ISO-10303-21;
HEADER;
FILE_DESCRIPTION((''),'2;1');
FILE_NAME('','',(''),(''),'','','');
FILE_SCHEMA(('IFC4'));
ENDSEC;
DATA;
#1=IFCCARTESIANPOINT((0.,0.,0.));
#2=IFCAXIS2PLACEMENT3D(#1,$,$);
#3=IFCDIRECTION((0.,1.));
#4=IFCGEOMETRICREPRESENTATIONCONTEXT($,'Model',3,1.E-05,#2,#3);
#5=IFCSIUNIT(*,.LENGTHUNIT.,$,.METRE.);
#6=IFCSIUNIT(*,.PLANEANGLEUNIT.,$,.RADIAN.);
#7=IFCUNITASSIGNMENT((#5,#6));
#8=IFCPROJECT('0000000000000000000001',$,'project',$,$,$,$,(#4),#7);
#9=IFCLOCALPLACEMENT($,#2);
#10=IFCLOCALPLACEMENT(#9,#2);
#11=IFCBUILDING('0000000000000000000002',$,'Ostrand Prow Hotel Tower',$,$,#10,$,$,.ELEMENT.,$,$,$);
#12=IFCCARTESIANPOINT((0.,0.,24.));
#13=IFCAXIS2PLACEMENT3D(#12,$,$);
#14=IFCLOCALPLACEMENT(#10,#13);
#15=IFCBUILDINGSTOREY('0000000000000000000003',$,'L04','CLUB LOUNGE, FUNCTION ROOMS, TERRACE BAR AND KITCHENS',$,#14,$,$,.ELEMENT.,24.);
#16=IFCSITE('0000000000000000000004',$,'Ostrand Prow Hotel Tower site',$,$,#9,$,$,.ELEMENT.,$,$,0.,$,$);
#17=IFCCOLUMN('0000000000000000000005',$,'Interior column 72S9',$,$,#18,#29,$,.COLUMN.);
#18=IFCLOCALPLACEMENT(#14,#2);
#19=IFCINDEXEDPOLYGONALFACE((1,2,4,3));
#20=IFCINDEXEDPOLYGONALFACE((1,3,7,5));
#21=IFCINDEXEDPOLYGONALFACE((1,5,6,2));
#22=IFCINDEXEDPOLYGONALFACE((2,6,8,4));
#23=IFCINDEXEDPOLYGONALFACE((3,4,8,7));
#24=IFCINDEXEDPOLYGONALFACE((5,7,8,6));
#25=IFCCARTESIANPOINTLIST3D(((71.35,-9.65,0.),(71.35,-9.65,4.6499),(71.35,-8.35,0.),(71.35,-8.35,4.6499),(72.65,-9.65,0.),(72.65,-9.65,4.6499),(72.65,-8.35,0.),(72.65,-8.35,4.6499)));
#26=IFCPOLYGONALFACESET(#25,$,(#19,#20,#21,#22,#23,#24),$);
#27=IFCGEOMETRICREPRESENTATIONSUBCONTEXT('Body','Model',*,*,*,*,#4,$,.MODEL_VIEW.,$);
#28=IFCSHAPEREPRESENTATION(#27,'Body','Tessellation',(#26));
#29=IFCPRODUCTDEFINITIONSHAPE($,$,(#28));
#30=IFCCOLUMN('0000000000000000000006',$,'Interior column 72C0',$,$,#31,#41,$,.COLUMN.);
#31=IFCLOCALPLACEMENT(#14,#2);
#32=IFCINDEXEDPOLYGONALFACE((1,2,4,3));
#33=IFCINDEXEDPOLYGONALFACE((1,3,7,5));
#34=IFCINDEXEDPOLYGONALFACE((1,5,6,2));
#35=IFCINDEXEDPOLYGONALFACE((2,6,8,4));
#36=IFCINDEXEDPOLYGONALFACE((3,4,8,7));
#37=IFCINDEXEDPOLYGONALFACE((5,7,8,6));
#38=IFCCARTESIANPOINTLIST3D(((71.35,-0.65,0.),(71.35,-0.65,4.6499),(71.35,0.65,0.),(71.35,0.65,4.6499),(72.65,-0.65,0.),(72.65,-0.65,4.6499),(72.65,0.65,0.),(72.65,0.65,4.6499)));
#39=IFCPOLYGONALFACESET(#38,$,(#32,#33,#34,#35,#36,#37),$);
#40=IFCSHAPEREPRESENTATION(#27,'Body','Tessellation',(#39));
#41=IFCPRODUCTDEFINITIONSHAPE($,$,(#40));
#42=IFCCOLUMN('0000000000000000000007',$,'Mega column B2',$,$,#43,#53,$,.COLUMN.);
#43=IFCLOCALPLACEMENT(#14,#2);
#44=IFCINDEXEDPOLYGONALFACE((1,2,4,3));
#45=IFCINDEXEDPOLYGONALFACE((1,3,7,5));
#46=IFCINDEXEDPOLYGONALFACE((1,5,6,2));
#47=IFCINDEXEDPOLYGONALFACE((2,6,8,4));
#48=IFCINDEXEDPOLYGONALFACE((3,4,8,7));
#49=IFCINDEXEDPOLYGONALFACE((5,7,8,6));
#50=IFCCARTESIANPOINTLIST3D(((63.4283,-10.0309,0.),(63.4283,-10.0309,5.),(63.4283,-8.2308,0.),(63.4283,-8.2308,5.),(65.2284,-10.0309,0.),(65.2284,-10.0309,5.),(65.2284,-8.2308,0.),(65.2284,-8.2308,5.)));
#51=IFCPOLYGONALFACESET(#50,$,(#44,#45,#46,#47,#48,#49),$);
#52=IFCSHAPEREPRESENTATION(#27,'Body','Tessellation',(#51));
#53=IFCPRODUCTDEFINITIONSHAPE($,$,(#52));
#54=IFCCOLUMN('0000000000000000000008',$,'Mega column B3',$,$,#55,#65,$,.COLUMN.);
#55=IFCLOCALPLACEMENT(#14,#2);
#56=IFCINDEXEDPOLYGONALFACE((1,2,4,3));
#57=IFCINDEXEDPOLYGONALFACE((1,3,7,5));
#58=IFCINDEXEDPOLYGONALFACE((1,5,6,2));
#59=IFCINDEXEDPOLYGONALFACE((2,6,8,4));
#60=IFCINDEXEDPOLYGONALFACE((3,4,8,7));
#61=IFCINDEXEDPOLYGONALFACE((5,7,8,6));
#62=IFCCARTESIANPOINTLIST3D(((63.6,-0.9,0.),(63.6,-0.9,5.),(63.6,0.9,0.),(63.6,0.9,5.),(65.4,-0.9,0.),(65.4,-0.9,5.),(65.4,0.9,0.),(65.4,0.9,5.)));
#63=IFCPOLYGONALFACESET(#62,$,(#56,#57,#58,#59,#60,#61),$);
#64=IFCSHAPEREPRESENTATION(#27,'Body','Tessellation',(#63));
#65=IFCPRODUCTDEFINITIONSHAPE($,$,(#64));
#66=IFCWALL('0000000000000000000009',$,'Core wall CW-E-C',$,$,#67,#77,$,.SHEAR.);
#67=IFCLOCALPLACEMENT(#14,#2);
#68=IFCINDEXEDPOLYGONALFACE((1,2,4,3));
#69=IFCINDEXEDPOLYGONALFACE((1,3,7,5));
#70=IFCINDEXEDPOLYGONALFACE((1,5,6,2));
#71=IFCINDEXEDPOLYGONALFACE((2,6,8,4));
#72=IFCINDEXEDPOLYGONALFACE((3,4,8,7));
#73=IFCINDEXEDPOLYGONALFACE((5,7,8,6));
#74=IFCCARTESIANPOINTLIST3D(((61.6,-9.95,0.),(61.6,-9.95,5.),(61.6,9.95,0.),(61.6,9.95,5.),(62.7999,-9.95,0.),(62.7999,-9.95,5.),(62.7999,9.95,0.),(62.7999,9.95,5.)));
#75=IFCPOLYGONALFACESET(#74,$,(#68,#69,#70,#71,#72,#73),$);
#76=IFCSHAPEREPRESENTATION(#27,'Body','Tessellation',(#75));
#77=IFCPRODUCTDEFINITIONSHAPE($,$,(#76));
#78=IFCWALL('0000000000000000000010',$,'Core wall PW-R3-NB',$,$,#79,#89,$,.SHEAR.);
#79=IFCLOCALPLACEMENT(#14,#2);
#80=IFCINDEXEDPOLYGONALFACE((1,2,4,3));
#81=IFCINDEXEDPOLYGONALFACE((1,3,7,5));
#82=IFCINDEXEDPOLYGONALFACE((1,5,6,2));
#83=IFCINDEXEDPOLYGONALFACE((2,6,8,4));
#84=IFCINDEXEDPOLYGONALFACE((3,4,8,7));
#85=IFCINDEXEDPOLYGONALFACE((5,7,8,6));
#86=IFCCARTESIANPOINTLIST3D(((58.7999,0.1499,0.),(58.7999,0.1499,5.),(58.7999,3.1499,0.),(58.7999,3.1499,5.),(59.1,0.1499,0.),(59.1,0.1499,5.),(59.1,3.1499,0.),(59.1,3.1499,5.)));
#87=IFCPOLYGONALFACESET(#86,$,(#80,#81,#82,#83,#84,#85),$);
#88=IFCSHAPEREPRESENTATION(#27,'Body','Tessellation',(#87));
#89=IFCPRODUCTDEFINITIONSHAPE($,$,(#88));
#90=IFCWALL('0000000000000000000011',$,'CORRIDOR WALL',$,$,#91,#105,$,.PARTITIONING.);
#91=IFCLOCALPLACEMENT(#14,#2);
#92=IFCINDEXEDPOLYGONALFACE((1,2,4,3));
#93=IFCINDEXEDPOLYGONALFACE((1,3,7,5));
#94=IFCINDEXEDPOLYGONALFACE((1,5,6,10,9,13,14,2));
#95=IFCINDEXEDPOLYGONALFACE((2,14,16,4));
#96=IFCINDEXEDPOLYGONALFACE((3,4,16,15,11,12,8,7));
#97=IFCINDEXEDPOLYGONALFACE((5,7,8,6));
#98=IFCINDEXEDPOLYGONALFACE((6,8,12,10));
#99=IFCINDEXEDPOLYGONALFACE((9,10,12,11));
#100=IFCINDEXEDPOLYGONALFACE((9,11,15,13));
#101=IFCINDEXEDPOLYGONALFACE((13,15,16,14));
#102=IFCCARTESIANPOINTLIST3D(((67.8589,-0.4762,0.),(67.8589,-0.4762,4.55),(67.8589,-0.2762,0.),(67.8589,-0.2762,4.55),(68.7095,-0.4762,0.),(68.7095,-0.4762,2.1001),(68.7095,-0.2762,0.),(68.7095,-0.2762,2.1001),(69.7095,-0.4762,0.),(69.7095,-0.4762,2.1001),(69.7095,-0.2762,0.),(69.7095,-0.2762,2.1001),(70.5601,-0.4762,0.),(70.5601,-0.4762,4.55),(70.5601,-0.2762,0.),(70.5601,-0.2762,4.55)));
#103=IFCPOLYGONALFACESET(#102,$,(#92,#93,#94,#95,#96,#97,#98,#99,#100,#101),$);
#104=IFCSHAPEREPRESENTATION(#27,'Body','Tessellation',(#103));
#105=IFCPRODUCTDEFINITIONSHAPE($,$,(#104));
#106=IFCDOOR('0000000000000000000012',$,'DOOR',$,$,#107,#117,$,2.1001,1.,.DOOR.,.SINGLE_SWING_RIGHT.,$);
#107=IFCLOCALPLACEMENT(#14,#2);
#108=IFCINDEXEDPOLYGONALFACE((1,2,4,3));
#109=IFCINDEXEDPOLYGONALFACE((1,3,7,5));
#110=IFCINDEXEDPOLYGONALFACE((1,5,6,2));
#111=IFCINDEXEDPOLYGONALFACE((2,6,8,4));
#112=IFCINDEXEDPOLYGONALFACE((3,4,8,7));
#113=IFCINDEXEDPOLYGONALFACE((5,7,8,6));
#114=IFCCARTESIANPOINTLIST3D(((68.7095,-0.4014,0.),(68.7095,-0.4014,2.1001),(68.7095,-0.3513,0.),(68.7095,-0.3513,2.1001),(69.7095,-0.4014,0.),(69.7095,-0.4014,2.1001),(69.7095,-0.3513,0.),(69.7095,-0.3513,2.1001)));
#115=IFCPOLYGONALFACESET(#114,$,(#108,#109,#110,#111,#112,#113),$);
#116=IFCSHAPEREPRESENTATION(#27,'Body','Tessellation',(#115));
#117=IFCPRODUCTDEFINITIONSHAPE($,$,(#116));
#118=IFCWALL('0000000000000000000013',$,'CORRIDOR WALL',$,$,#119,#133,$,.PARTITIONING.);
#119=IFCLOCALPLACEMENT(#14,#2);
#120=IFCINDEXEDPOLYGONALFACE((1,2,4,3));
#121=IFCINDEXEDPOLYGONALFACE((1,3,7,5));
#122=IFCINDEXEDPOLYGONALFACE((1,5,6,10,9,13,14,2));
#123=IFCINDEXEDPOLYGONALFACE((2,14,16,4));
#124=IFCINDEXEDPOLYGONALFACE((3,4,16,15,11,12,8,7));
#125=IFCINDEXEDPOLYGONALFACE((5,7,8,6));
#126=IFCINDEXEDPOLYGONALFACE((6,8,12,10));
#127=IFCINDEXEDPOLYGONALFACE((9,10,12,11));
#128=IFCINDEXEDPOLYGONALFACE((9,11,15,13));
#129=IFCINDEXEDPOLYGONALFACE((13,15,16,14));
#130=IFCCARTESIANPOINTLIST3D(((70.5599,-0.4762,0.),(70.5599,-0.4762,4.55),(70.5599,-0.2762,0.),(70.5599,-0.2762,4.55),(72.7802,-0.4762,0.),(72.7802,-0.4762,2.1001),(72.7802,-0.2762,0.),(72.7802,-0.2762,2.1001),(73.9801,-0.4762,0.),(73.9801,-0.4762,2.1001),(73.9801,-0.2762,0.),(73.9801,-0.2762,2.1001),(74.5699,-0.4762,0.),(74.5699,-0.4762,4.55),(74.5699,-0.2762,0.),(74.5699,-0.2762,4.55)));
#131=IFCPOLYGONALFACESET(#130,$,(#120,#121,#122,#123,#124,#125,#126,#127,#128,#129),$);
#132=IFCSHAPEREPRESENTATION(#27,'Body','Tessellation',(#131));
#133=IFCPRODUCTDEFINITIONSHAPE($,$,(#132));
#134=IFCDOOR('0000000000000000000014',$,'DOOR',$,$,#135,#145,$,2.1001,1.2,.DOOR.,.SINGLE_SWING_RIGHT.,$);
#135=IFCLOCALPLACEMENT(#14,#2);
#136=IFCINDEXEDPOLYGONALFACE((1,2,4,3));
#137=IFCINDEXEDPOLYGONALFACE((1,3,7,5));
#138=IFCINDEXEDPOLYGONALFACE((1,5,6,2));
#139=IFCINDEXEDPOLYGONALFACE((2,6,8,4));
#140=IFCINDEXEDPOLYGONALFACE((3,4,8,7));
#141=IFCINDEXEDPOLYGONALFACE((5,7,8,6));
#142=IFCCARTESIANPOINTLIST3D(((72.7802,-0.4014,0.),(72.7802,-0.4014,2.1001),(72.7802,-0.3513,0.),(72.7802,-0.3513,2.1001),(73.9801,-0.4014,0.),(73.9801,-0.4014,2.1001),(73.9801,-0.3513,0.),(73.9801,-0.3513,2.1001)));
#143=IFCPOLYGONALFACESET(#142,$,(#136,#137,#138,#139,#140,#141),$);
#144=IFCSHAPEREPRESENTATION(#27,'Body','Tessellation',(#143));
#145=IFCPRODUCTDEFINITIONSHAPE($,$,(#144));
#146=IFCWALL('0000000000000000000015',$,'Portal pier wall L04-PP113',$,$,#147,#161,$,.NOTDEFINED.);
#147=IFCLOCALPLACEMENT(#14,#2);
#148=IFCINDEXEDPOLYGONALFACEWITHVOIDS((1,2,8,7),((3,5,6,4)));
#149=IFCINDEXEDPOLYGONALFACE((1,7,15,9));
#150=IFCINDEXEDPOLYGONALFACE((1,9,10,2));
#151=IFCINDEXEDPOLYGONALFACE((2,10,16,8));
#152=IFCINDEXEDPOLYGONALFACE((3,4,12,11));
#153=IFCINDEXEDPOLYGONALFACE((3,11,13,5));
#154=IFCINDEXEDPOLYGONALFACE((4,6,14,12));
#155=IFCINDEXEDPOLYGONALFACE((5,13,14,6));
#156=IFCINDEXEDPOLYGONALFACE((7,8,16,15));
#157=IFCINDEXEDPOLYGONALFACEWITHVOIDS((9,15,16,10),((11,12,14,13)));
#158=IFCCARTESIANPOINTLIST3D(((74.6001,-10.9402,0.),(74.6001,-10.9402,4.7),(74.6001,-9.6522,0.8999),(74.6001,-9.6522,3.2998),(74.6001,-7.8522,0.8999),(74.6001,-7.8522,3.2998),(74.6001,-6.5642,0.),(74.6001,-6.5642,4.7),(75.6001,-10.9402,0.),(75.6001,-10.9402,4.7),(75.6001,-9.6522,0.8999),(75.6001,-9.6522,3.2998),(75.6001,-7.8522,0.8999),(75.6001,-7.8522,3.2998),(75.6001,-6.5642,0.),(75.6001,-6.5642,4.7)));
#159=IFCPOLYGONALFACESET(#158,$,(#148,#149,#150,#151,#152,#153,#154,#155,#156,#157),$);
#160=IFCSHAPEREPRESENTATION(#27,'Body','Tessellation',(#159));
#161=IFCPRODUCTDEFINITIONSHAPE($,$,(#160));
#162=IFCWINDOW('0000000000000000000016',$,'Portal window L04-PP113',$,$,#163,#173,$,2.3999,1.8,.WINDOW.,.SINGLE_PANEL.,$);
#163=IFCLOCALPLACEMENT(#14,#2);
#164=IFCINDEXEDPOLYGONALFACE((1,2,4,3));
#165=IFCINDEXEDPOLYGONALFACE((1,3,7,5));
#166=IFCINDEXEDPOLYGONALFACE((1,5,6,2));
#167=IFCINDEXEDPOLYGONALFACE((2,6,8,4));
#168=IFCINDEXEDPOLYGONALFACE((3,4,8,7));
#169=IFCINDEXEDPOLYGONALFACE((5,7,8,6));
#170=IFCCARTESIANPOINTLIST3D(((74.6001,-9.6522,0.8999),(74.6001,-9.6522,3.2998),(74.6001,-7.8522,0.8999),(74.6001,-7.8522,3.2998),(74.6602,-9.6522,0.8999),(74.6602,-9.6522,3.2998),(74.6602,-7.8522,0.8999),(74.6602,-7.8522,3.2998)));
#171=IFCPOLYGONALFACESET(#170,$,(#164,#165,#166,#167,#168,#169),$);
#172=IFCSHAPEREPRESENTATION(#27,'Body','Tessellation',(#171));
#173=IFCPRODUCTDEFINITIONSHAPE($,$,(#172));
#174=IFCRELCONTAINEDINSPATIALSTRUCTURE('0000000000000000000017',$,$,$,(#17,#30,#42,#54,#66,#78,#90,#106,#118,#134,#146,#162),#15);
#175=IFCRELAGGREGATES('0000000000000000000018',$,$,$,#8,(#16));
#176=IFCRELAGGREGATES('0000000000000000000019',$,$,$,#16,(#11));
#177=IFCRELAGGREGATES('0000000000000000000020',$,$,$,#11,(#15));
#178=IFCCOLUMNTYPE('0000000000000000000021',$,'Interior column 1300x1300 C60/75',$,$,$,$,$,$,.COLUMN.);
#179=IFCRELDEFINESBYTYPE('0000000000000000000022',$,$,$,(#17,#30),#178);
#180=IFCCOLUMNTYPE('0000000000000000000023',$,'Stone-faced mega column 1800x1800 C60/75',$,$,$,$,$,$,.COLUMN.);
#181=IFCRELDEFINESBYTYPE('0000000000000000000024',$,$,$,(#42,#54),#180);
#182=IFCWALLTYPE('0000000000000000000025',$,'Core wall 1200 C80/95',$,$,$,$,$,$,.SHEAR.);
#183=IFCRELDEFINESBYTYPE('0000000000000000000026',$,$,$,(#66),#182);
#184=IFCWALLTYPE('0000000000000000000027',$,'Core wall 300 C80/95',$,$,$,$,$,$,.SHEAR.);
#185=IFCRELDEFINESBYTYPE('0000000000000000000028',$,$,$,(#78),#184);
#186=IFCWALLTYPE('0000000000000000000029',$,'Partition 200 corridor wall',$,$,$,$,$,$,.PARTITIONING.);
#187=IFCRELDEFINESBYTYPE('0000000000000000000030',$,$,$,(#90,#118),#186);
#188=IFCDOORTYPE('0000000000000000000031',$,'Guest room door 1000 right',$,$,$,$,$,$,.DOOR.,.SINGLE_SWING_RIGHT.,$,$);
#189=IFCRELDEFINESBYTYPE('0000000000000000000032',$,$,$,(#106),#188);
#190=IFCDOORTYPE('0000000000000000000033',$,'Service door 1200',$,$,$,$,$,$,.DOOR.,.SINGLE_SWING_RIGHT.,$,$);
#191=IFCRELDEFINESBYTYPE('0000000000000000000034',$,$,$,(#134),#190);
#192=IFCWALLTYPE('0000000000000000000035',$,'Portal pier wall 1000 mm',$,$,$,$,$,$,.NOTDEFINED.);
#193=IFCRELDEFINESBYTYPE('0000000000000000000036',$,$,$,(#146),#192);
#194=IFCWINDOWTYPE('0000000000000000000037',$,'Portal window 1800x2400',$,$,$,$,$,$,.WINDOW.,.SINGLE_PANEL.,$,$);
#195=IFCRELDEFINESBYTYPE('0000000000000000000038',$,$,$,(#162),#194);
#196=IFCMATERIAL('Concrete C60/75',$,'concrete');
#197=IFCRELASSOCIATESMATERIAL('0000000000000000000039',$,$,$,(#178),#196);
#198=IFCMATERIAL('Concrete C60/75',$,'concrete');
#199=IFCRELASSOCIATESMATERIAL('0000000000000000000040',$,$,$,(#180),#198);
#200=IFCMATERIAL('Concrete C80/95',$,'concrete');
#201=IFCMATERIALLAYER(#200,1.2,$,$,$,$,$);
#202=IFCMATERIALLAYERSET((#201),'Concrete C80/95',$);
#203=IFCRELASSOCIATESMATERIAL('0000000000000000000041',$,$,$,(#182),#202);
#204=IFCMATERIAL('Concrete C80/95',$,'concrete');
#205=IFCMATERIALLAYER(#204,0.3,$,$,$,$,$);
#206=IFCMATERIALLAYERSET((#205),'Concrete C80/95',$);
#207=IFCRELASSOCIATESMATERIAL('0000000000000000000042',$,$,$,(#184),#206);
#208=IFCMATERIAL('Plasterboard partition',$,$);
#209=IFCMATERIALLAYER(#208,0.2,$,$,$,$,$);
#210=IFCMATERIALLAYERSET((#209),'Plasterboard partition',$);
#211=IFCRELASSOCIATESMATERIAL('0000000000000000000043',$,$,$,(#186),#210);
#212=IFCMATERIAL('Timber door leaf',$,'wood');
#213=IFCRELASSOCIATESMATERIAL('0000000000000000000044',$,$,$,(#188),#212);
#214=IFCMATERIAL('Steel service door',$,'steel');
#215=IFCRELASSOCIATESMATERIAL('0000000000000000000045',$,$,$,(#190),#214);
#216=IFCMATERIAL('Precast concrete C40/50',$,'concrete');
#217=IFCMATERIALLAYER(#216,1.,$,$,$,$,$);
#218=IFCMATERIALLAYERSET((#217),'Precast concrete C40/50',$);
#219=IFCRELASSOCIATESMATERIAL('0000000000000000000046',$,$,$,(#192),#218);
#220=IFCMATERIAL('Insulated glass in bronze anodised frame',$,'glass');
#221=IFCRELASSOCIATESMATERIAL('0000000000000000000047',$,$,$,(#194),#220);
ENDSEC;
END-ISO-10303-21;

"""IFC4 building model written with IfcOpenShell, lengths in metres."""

from ifc_helpers import new_model, si_unit, direction, frame, frame_2d, origin, origin_2d, place, context, subcontext, project, spatial, polyline, rectangle, outline, extrude, material, layer, layer_set, material_profile, profile_set, type_object, element, fill, save


model = new_model("IFC4")

# Units and contexts
model_context = context("Model", 3, precision=1e-05, world=origin(), true_north=direction((0.0, 1.0)))
body_context = subcontext(model_context, "Body", "Model", "MODEL_VIEW")
ifc_project = project(units=[si_unit("LENGTHUNIT", "METRE"), si_unit("PLANEANGLEUNIT", "RADIAN")], contexts=[model_context])

# Site, building, storey
site_placement = place(None, origin())
site = spatial("IfcSite", under=ifc_project, at=site_placement, Name="Ostrand Prow Hotel Tower site", CompositionType="ELEMENT", RefElevation=0.0)
building_placement = place(site_placement, origin())
building = spatial("IfcBuilding", under=site, at=building_placement, Name="Ostrand Prow Hotel Tower", CompositionType="ELEMENT")
storey_placement = place(building_placement, frame((0.0, 0.0, 24.0)))
storey = spatial("IfcBuildingStorey", under=building, at=storey_placement, Name="L04", Description="CLUB LOUNGE, FUNCTION ROOMS, TERRACE BAR AND KITCHENS", CompositionType="ELEMENT", Elevation=24.0)

# Columns
ifc_material_1 = material(Name="Concrete C60/75", Category="concrete")
ifc_material_profile_1 = material_profile(ifc_material_1, rectangle(XDim=1.3, YDim=1.3, at=origin_2d()), Name="RC 1300x1300")
ifc_profile_set_1 = profile_set([ifc_material_profile_1], Name="Concrete C60/75")
column_type_1 = type_object("IfcColumnType", Name="Interior column 1300x1300 C60/75", PredefinedType="COLUMN", material=ifc_profile_set_1)
for number, where, z_axis, x_axis, name in (
    (1, (72.0, -9.0, 0.0), (0.0, 0.0, 1.0), (1.0, 0.0, 0.0), "Interior column 72S9"),
    (2, (72.0, 0.0, 0.0), (0.0, 0.0, 1.0), (1.0, 0.0, 0.0), "Interior column 72C0"),
):
    element("IfcColumn", number, at=place(storey_placement, frame(where, z_axis=z_axis, x_axis=x_axis)), inside=storey, type_object=column_type_1, Name=name, PredefinedType="COLUMN", context=body_context, shape_type="SweptSolid", body=[
        extrude(rectangle(XDim=1.3, YDim=1.3, at=origin_2d()), origin(), (0.0, 0.0, 1.0), 4.6499),
    ])
ifc_material_2 = material(Name="Concrete C60/75", Category="concrete")
ifc_material_profile_2 = material_profile(ifc_material_2, rectangle(XDim=1.8, YDim=1.8, at=origin_2d()), Name="RC 1800x1800")
ifc_profile_set_2 = profile_set([ifc_material_profile_2], Name="Concrete C60/75")
column_type_2 = type_object("IfcColumnType", Name="Stone-faced mega column 1800x1800 C60/75", PredefinedType="COLUMN", material=ifc_profile_set_2)
for number, where, z_axis, x_axis, name in (
    (3, (64.3284, -9.1309, 0.0), (0.0, 0.0, 1.0), (1.0, 0.0, 0.0), "Mega column B2"),
    (4, (64.5, 0.0, 0.0), (0.0, 0.0, 1.0), (1.0, 0.0, 0.0), "Mega column B3"),
):
    element("IfcColumn", number, at=place(storey_placement, frame(where, z_axis=z_axis, x_axis=x_axis)), inside=storey, type_object=column_type_2, Name=name, PredefinedType="COLUMN", context=body_context, shape_type="SweptSolid", body=[
        extrude(rectangle(XDim=1.8, YDim=1.8, at=origin_2d()), origin(), (0.0, 0.0, 1.0), 5.0),
    ])

# Walls
ifc_material_3 = material(Name="Concrete C80/95", Category="concrete")
ifc_layer_1 = layer(ifc_material_3, 1.2)
ifc_layer_set_1 = layer_set([ifc_layer_1], Name="Concrete C80/95")
wall_type_1 = type_object("IfcWallType", Name="Core wall 1200 C80/95", PredefinedType="SHEAR", material=ifc_layer_set_1)
wall_1_placement = place(storey_placement, frame((62.2, -9.95, 0.0), z_axis=(0.0, 0.0, 1.0), x_axis=(0.0, 1.0, 0.0)))
element("IfcWall", 5, at=wall_1_placement, inside=storey, type_object=wall_type_1, Name="Core wall CW-E-C", PredefinedType="SHEAR", context=body_context, shape_type="SweptSolid", body=[
    extrude(rectangle(XDim=19.8999, YDim=1.2, at=frame_2d((9.95, 0.0))), origin(), (0.0, 0.0, 1.0), 5.0),
])
ifc_material_4 = material(Name="Concrete C80/95", Category="concrete")
ifc_layer_2 = layer(ifc_material_4, 0.3)
ifc_layer_set_2 = layer_set([ifc_layer_2], Name="Concrete C80/95")
wall_type_2 = type_object("IfcWallType", Name="Core wall 300 C80/95", PredefinedType="SHEAR", material=ifc_layer_set_2)
wall_2_placement = place(storey_placement, frame((58.95, 0.1499, 0.0), z_axis=(0.0, 0.0, 1.0), x_axis=(0.0, 1.0, 0.0)))
element("IfcWall", 6, at=wall_2_placement, inside=storey, type_object=wall_type_2, Name="Core wall PW-R3-NB", PredefinedType="SHEAR", context=body_context, shape_type="SweptSolid", body=[
    extrude(rectangle(XDim=3.0, YDim=0.3, at=frame_2d((1.5, 0.0))), origin(), (0.0, 0.0, 1.0), 5.0),
])

# Walls, openings, doors
ifc_material_5 = material(Name="Plasterboard partition")
ifc_layer_3 = layer(ifc_material_5, 0.2)
ifc_layer_set_3 = layer_set([ifc_layer_3], Name="Plasterboard partition")
wall_type_3 = type_object("IfcWallType", Name="Partition 200 corridor wall", PredefinedType="PARTITIONING", material=ifc_layer_set_3)
wall_3_placement = place(storey_placement, frame((67.8589, -0.3762, 0.0), z_axis=(0.0, 0.0, 1.0), x_axis=(1.0, 0.0, 0.0)))
wall_3 = element("IfcWall", 7, at=wall_3_placement, inside=storey, type_object=wall_type_3, Name="CORRIDOR WALL", PredefinedType="PARTITIONING", context=body_context, shape_type="SweptSolid", body=[
    extrude(rectangle(XDim=2.7012, YDim=0.2, at=frame_2d((1.3506, 0.0))), origin(), (0.0, 0.0, 1.0), 4.55),
])
opening_1_placement = place(wall_3_placement, frame((0.8506, 0.0, 0.0)))
opening_1 = element("IfcOpeningElement", 8, at=opening_1_placement, cuts=wall_3, PredefinedType="OPENING", context=body_context, shape_type="SweptSolid", body=[
    extrude(rectangle(XDim=1.0, YDim=2.1001, at=frame_2d((0.5, 1.05))), frame((0.0, 0.1099, 0.0), z_axis=(0.0, -1.0, 0.0), x_axis=(1.0, 0.0, 0.0)), (0.0, 0.0, 1.0), 0.22),
])
ifc_material_6 = material(Name="Timber door leaf", Category="wood")
door_type_1 = type_object("IfcDoorType", Name="Guest room door 1000 right", OperationType="SINGLE_SWING_RIGHT", PredefinedType="DOOR", material=ifc_material_6)
door_1_placement = place(opening_1_placement, origin())
door_1 = element("IfcDoor", 9, at=door_1_placement, inside=storey, type_object=door_type_1, Name="DOOR", OperationType="SINGLE_SWING_RIGHT", OverallHeight=2.1001, OverallWidth=1.0, PredefinedType="DOOR", context=body_context, shape_type="SweptSolid", body=[
    extrude(rectangle(XDim=1.0, YDim=2.1001, at=frame_2d((0.5, 1.05))), frame((0.0, 0.0249, 0.0), z_axis=(0.0, -1.0, 0.0), x_axis=(1.0, 0.0, 0.0)), (0.0, 0.0, 1.0), 0.05),
])
fill(opening_1, door_1)
wall_4_placement = place(storey_placement, frame((70.5601, -0.3762, 0.0), z_axis=(0.0, 0.0, 1.0), x_axis=(1.0, 0.0, 0.0)))
wall_4 = element("IfcWall", 10, at=wall_4_placement, inside=storey, type_object=wall_type_3, Name="CORRIDOR WALL", PredefinedType="PARTITIONING", context=body_context, shape_type="SweptSolid", body=[
    extrude(rectangle(XDim=4.01, YDim=0.2, at=frame_2d((2.0049, 0.0))), origin(), (0.0, 0.0, 1.0), 4.55),
])
opening_2_placement = place(wall_4_placement, frame((2.22, 0.0, 0.0)))
opening_2 = element("IfcOpeningElement", 11, at=opening_2_placement, cuts=wall_4, PredefinedType="OPENING", context=body_context, shape_type="SweptSolid", body=[
    extrude(rectangle(XDim=1.2, YDim=2.1001, at=frame_2d((0.6001, 1.05))), frame((0.0, 0.1099, 0.0), z_axis=(0.0, -1.0, 0.0), x_axis=(1.0, 0.0, 0.0)), (0.0, 0.0, 1.0), 0.22),
])
ifc_material_7 = material(Name="Steel service door", Category="steel")
door_type_2 = type_object("IfcDoorType", Name="Service door 1200", OperationType="SINGLE_SWING_RIGHT", PredefinedType="DOOR", material=ifc_material_7)
door_2_placement = place(opening_2_placement, origin())
door_2 = element("IfcDoor", 12, at=door_2_placement, inside=storey, type_object=door_type_2, Name="DOOR", OperationType="SINGLE_SWING_RIGHT", OverallHeight=2.1001, OverallWidth=1.2, PredefinedType="DOOR", context=body_context, shape_type="SweptSolid", body=[
    extrude(rectangle(XDim=1.2, YDim=2.1001, at=frame_2d((0.6001, 1.05))), frame((0.0, 0.0249, 0.0), z_axis=(0.0, -1.0, 0.0), x_axis=(1.0, 0.0, 0.0)), (0.0, 0.0, 1.0), 0.05),
])
fill(opening_2, door_2)

# Wall, opening, window
ifc_material_8 = material(Name="Precast concrete C40/50", Category="concrete")
ifc_layer_4 = layer(ifc_material_8, 1.0)
ifc_layer_set_4 = layer_set([ifc_layer_4], Name="Precast concrete C40/50")
wall_type_4 = type_object("IfcWallType", Name="Portal pier wall 1000 mm", PredefinedType="NOTDEFINED", material=ifc_layer_set_4)
wall_5_placement = place(storey_placement, frame((75.1001, -10.9402, 0.0), z_axis=(0.0, 0.0, 1.0), x_axis=(0.0, 1.0, 0.0)))
wall_5 = element("IfcWall", 13, at=wall_5_placement, inside=storey, type_object=wall_type_4, Name="Portal pier wall L04-PP113", PredefinedType="NOTDEFINED", context=body_context, shape_type="SweptSolid", body=[
    extrude(outline(polyline([(0.0, -0.5), (4.376, -0.5), (4.376, 0.5), (0.0, 0.5), (0.0, -0.5)])), origin(), (0.0, 0.0, 1.0), 4.7),
])
opening_3_placement = place(wall_5_placement, frame((1.2881, 0.0, 0.8999)))
opening_3 = element("IfcOpeningElement", 14, at=opening_3_placement, cuts=wall_5, PredefinedType="OPENING", context=body_context, shape_type="SweptSolid", body=[
    extrude(rectangle(XDim=1.8, YDim=2.3999, at=frame_2d((0.8999, 1.2))), frame((0.0, 0.51, 0.0), z_axis=(0.0, -1.0, 0.0), x_axis=(1.0, 0.0, 0.0)), (0.0, 0.0, 1.0), 1.02),
])
ifc_material_9 = material(Name="Insulated glass in bronze anodised frame", Category="glass")
window_type = type_object("IfcWindowType", Name="Portal window 1800x2400", PartitioningType="SINGLE_PANEL", PredefinedType="WINDOW", material=ifc_material_9)
window_1_placement = place(opening_3_placement, origin())
window_1 = element("IfcWindow", 15, at=window_1_placement, inside=storey, type_object=window_type, Name="Portal window L04-PP113", OverallHeight=2.3999, OverallWidth=1.8, PartitioningType="SINGLE_PANEL", PredefinedType="WINDOW", context=body_context, shape_type="SweptSolid", body=[
    extrude(rectangle(XDim=1.8, YDim=2.3999, at=frame_2d((0.8999, 1.2))), frame((0.0, 0.5, 0.0), z_axis=(0.0, -1.0, 0.0), x_axis=(1.0, 0.0, 0.0)), (0.0, 0.0, 1.0), 0.0601),
])
fill(opening_3, window_1)

save(model, "model.ifc")
